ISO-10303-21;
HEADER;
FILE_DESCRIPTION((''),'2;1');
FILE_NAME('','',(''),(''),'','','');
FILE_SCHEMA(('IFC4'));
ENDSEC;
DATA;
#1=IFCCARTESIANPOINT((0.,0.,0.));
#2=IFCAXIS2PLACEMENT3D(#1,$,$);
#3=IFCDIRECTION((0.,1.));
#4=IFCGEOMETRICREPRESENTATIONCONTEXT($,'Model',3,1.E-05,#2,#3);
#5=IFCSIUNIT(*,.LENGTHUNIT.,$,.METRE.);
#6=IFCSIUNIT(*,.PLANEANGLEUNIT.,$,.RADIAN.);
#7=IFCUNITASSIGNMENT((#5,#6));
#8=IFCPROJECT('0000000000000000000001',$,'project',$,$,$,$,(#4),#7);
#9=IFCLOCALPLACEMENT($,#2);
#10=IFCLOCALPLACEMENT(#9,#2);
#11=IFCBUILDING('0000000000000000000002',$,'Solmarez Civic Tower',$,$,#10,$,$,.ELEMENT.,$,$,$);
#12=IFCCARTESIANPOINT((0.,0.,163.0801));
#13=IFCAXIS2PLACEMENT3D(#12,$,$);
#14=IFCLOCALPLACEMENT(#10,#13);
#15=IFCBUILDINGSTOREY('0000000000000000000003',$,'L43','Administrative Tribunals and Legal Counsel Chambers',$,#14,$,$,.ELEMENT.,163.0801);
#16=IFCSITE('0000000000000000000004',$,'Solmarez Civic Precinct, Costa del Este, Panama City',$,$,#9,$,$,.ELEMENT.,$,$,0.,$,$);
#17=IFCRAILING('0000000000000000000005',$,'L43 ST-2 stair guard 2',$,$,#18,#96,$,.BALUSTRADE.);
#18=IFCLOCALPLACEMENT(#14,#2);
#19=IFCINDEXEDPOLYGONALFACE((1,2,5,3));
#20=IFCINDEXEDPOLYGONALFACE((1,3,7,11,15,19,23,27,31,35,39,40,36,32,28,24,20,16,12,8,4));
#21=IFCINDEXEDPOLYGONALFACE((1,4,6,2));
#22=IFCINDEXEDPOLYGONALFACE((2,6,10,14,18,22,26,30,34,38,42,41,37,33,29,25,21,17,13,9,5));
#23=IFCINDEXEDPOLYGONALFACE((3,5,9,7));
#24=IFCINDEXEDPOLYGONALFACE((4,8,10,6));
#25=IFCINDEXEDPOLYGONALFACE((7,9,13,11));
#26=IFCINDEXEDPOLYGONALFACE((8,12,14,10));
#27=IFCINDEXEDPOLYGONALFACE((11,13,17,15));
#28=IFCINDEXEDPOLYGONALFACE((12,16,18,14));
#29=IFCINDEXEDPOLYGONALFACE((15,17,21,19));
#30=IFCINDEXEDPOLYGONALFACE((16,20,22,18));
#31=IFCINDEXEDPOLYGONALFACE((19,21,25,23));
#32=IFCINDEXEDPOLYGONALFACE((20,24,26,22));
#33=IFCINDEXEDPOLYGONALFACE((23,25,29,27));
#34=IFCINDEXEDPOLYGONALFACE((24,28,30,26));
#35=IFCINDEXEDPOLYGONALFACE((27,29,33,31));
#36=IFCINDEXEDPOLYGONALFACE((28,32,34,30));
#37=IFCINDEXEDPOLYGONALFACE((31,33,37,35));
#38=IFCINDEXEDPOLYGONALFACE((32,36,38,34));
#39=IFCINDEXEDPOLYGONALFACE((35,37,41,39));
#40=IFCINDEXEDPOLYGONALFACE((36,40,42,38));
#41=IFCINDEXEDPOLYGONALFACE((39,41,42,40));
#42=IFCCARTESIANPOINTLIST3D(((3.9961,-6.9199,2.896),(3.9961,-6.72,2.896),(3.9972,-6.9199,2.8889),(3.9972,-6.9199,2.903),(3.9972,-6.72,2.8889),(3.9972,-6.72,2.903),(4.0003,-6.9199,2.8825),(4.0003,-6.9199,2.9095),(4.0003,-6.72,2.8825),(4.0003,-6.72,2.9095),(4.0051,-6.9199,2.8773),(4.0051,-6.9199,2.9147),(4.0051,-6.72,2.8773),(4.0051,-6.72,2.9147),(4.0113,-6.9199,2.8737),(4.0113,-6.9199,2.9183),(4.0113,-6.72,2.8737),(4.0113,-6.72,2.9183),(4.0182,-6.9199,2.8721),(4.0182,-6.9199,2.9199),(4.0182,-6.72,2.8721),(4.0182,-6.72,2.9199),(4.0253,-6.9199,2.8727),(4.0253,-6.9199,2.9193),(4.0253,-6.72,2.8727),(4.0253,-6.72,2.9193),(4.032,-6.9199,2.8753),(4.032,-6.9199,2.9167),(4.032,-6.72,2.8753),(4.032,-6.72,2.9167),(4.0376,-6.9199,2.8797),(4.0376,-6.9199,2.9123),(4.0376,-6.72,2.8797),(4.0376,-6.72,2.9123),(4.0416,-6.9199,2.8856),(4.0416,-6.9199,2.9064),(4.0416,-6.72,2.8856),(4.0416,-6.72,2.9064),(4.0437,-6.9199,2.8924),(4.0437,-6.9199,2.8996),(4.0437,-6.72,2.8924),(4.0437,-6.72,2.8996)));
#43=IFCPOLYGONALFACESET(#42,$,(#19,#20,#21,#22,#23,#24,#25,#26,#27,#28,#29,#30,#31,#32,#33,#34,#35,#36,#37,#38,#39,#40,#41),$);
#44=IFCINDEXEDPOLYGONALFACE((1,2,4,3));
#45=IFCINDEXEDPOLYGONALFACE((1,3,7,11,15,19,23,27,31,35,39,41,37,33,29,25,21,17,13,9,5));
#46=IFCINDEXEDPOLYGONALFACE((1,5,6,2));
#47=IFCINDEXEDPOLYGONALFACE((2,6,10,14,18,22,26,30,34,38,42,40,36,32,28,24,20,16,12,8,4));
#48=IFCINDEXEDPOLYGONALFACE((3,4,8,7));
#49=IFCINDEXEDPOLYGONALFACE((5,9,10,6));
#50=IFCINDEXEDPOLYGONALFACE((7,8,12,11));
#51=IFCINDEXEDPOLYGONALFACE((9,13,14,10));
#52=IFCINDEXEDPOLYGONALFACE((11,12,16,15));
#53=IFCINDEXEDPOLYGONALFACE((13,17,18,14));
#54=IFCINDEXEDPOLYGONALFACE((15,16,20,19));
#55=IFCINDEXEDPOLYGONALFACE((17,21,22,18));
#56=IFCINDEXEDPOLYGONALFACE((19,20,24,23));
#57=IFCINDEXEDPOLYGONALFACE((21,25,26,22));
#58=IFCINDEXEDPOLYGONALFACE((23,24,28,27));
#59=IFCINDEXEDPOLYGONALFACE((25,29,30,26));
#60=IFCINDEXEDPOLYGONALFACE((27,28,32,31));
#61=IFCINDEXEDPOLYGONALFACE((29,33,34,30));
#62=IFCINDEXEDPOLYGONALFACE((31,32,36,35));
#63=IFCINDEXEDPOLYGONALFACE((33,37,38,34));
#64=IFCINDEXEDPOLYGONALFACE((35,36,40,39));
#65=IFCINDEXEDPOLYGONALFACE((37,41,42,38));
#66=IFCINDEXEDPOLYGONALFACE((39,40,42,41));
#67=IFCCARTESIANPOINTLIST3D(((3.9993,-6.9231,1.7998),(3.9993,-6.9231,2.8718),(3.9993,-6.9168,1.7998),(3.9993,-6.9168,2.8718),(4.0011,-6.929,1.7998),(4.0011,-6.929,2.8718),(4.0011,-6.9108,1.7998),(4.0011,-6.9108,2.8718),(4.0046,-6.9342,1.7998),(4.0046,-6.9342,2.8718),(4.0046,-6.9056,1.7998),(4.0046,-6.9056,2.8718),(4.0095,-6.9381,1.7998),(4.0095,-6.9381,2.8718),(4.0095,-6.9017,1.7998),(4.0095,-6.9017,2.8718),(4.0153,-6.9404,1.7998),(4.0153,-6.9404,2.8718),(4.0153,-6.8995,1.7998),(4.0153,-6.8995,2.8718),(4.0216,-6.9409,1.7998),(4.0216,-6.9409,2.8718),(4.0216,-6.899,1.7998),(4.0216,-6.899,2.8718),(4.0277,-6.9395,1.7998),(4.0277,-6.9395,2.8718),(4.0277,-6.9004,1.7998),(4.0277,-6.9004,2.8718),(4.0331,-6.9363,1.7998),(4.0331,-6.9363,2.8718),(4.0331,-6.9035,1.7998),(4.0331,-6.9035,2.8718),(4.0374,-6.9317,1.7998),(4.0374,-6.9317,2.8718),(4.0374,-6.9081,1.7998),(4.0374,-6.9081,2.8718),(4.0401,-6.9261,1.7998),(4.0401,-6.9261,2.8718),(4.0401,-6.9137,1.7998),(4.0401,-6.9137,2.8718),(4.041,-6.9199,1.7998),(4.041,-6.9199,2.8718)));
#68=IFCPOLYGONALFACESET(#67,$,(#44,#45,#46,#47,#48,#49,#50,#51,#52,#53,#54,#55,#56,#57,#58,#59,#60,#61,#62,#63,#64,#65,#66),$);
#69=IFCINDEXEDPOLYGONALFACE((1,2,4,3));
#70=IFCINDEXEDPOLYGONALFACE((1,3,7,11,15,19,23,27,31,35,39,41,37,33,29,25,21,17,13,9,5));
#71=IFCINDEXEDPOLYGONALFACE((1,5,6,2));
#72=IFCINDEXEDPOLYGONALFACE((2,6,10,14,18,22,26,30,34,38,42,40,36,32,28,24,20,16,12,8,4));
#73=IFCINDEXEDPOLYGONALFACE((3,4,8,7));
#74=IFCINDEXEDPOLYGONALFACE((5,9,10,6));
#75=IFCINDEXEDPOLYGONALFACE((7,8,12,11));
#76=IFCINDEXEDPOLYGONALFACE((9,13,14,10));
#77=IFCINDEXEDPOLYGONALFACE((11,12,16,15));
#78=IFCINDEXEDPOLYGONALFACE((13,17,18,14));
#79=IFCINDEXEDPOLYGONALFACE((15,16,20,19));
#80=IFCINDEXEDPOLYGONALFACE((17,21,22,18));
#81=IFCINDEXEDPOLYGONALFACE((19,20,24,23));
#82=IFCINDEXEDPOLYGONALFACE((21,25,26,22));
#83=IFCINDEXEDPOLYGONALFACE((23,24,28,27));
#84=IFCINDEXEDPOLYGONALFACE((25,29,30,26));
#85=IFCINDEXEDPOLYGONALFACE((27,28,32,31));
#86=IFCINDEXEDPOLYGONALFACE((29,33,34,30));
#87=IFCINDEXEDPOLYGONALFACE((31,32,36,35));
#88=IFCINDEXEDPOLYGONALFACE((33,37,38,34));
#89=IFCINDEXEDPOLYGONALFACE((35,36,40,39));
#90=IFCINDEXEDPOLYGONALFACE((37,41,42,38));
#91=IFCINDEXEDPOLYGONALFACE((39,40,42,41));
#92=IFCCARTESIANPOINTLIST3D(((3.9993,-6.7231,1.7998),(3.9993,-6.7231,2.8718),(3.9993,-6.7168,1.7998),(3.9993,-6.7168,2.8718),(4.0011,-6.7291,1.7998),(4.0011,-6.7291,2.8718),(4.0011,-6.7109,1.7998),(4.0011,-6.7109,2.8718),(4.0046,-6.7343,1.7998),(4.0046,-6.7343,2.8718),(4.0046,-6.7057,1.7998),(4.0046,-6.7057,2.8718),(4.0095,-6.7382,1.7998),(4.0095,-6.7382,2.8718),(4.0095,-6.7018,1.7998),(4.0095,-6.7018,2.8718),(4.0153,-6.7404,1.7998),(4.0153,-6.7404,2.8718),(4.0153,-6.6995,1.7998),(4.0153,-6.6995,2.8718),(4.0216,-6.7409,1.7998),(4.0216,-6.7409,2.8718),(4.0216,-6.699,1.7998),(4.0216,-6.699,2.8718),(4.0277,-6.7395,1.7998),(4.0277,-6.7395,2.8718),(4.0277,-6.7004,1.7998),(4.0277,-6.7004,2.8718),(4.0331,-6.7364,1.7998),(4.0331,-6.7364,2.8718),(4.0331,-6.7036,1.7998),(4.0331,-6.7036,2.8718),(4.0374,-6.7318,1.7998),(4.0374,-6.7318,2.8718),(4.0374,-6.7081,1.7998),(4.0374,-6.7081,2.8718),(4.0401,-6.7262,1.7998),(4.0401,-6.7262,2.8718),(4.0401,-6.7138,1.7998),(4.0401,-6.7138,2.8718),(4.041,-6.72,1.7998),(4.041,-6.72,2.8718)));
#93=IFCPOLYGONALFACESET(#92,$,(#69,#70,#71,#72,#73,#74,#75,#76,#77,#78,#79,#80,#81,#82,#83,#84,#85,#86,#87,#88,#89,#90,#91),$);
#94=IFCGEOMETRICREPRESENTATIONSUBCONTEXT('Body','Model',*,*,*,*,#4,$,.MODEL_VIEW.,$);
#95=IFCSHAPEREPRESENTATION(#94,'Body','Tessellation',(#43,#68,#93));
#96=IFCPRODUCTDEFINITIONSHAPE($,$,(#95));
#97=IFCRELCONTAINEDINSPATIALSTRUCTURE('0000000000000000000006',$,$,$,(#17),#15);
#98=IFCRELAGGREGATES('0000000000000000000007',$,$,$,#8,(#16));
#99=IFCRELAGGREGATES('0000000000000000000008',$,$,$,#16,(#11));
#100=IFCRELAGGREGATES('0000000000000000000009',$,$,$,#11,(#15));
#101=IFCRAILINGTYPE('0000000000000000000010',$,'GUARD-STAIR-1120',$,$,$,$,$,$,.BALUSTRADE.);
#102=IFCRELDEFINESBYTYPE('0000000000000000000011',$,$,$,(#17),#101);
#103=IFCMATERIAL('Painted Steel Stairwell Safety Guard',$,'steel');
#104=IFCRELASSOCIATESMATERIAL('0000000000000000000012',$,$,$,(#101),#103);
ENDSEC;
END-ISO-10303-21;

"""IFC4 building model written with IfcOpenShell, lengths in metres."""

from ifc_helpers import new_model, si_unit, direction, frame, origin, origin_2d, place, context, subcontext, project, spatial, circle, extrude, material, type_object, element, save


model = new_model("IFC4")

# Units and contexts
model_context = context("Model", 3, precision=1e-05, world=origin(), true_north=direction((0.0, 1.0)))
body_context = subcontext(model_context, "Body", "Model", "MODEL_VIEW")
ifc_project = project(units=[si_unit("LENGTHUNIT", "METRE"), si_unit("PLANEANGLEUNIT", "RADIAN")], contexts=[model_context])

# Site, building, storey
site_placement = place(None, origin())
site = spatial("IfcSite", under=ifc_project, at=site_placement, Name="Solmarez Civic Precinct, Costa del Este, Panama City", CompositionType="ELEMENT", RefElevation=0.0)
building_placement = place(site_placement, origin())
building = spatial("IfcBuilding", under=site, at=building_placement, Name="Solmarez Civic Tower", CompositionType="ELEMENT")
storey_placement = place(building_placement, frame((0.0, 0.0, 163.0801)))
storey = spatial("IfcBuildingStorey", under=building, at=storey_placement, Name="L43", Description="Administrative Tribunals and Legal Counsel Chambers", CompositionType="ELEMENT", Elevation=163.0801)

# Railing
ifc_material_1 = material(Name="Painted Steel Stairwell Safety Guard", Category="steel")
railing_type_1 = type_object("IfcRailingType", Name="GUARD-STAIR-1120", PredefinedType="BALUSTRADE", material=ifc_material_1)
railing_1_placement = place(storey_placement, frame((4.02, -6.9199, 1.7998)))
element("IfcRailing", 1, at=railing_1_placement, inside=storey, type_object=railing_type_1, Name="L43 ST-2 stair guard 2", PredefinedType="BALUSTRADE", context=body_context, shape_type="SweptSolid", body=[
    extrude(circle(Radius=0.0239, at=origin_2d()), frame((0.0, 0.0, 1.0962), z_axis=(0.0, 1.0, 0.0), x_axis=(-1.0, 0.0, 0.0)), (0.0, 0.0, 1.0), 0.2),
    extrude(circle(Radius=0.021, at=origin_2d()), origin(), (0.0, 0.0, 1.0), 1.072),
    extrude(circle(Radius=0.021, at=origin_2d()), frame((0.0, 0.2, 0.0)), (0.0, 0.0, 1.0), 1.072),
])

save(model, "model.ifc")
